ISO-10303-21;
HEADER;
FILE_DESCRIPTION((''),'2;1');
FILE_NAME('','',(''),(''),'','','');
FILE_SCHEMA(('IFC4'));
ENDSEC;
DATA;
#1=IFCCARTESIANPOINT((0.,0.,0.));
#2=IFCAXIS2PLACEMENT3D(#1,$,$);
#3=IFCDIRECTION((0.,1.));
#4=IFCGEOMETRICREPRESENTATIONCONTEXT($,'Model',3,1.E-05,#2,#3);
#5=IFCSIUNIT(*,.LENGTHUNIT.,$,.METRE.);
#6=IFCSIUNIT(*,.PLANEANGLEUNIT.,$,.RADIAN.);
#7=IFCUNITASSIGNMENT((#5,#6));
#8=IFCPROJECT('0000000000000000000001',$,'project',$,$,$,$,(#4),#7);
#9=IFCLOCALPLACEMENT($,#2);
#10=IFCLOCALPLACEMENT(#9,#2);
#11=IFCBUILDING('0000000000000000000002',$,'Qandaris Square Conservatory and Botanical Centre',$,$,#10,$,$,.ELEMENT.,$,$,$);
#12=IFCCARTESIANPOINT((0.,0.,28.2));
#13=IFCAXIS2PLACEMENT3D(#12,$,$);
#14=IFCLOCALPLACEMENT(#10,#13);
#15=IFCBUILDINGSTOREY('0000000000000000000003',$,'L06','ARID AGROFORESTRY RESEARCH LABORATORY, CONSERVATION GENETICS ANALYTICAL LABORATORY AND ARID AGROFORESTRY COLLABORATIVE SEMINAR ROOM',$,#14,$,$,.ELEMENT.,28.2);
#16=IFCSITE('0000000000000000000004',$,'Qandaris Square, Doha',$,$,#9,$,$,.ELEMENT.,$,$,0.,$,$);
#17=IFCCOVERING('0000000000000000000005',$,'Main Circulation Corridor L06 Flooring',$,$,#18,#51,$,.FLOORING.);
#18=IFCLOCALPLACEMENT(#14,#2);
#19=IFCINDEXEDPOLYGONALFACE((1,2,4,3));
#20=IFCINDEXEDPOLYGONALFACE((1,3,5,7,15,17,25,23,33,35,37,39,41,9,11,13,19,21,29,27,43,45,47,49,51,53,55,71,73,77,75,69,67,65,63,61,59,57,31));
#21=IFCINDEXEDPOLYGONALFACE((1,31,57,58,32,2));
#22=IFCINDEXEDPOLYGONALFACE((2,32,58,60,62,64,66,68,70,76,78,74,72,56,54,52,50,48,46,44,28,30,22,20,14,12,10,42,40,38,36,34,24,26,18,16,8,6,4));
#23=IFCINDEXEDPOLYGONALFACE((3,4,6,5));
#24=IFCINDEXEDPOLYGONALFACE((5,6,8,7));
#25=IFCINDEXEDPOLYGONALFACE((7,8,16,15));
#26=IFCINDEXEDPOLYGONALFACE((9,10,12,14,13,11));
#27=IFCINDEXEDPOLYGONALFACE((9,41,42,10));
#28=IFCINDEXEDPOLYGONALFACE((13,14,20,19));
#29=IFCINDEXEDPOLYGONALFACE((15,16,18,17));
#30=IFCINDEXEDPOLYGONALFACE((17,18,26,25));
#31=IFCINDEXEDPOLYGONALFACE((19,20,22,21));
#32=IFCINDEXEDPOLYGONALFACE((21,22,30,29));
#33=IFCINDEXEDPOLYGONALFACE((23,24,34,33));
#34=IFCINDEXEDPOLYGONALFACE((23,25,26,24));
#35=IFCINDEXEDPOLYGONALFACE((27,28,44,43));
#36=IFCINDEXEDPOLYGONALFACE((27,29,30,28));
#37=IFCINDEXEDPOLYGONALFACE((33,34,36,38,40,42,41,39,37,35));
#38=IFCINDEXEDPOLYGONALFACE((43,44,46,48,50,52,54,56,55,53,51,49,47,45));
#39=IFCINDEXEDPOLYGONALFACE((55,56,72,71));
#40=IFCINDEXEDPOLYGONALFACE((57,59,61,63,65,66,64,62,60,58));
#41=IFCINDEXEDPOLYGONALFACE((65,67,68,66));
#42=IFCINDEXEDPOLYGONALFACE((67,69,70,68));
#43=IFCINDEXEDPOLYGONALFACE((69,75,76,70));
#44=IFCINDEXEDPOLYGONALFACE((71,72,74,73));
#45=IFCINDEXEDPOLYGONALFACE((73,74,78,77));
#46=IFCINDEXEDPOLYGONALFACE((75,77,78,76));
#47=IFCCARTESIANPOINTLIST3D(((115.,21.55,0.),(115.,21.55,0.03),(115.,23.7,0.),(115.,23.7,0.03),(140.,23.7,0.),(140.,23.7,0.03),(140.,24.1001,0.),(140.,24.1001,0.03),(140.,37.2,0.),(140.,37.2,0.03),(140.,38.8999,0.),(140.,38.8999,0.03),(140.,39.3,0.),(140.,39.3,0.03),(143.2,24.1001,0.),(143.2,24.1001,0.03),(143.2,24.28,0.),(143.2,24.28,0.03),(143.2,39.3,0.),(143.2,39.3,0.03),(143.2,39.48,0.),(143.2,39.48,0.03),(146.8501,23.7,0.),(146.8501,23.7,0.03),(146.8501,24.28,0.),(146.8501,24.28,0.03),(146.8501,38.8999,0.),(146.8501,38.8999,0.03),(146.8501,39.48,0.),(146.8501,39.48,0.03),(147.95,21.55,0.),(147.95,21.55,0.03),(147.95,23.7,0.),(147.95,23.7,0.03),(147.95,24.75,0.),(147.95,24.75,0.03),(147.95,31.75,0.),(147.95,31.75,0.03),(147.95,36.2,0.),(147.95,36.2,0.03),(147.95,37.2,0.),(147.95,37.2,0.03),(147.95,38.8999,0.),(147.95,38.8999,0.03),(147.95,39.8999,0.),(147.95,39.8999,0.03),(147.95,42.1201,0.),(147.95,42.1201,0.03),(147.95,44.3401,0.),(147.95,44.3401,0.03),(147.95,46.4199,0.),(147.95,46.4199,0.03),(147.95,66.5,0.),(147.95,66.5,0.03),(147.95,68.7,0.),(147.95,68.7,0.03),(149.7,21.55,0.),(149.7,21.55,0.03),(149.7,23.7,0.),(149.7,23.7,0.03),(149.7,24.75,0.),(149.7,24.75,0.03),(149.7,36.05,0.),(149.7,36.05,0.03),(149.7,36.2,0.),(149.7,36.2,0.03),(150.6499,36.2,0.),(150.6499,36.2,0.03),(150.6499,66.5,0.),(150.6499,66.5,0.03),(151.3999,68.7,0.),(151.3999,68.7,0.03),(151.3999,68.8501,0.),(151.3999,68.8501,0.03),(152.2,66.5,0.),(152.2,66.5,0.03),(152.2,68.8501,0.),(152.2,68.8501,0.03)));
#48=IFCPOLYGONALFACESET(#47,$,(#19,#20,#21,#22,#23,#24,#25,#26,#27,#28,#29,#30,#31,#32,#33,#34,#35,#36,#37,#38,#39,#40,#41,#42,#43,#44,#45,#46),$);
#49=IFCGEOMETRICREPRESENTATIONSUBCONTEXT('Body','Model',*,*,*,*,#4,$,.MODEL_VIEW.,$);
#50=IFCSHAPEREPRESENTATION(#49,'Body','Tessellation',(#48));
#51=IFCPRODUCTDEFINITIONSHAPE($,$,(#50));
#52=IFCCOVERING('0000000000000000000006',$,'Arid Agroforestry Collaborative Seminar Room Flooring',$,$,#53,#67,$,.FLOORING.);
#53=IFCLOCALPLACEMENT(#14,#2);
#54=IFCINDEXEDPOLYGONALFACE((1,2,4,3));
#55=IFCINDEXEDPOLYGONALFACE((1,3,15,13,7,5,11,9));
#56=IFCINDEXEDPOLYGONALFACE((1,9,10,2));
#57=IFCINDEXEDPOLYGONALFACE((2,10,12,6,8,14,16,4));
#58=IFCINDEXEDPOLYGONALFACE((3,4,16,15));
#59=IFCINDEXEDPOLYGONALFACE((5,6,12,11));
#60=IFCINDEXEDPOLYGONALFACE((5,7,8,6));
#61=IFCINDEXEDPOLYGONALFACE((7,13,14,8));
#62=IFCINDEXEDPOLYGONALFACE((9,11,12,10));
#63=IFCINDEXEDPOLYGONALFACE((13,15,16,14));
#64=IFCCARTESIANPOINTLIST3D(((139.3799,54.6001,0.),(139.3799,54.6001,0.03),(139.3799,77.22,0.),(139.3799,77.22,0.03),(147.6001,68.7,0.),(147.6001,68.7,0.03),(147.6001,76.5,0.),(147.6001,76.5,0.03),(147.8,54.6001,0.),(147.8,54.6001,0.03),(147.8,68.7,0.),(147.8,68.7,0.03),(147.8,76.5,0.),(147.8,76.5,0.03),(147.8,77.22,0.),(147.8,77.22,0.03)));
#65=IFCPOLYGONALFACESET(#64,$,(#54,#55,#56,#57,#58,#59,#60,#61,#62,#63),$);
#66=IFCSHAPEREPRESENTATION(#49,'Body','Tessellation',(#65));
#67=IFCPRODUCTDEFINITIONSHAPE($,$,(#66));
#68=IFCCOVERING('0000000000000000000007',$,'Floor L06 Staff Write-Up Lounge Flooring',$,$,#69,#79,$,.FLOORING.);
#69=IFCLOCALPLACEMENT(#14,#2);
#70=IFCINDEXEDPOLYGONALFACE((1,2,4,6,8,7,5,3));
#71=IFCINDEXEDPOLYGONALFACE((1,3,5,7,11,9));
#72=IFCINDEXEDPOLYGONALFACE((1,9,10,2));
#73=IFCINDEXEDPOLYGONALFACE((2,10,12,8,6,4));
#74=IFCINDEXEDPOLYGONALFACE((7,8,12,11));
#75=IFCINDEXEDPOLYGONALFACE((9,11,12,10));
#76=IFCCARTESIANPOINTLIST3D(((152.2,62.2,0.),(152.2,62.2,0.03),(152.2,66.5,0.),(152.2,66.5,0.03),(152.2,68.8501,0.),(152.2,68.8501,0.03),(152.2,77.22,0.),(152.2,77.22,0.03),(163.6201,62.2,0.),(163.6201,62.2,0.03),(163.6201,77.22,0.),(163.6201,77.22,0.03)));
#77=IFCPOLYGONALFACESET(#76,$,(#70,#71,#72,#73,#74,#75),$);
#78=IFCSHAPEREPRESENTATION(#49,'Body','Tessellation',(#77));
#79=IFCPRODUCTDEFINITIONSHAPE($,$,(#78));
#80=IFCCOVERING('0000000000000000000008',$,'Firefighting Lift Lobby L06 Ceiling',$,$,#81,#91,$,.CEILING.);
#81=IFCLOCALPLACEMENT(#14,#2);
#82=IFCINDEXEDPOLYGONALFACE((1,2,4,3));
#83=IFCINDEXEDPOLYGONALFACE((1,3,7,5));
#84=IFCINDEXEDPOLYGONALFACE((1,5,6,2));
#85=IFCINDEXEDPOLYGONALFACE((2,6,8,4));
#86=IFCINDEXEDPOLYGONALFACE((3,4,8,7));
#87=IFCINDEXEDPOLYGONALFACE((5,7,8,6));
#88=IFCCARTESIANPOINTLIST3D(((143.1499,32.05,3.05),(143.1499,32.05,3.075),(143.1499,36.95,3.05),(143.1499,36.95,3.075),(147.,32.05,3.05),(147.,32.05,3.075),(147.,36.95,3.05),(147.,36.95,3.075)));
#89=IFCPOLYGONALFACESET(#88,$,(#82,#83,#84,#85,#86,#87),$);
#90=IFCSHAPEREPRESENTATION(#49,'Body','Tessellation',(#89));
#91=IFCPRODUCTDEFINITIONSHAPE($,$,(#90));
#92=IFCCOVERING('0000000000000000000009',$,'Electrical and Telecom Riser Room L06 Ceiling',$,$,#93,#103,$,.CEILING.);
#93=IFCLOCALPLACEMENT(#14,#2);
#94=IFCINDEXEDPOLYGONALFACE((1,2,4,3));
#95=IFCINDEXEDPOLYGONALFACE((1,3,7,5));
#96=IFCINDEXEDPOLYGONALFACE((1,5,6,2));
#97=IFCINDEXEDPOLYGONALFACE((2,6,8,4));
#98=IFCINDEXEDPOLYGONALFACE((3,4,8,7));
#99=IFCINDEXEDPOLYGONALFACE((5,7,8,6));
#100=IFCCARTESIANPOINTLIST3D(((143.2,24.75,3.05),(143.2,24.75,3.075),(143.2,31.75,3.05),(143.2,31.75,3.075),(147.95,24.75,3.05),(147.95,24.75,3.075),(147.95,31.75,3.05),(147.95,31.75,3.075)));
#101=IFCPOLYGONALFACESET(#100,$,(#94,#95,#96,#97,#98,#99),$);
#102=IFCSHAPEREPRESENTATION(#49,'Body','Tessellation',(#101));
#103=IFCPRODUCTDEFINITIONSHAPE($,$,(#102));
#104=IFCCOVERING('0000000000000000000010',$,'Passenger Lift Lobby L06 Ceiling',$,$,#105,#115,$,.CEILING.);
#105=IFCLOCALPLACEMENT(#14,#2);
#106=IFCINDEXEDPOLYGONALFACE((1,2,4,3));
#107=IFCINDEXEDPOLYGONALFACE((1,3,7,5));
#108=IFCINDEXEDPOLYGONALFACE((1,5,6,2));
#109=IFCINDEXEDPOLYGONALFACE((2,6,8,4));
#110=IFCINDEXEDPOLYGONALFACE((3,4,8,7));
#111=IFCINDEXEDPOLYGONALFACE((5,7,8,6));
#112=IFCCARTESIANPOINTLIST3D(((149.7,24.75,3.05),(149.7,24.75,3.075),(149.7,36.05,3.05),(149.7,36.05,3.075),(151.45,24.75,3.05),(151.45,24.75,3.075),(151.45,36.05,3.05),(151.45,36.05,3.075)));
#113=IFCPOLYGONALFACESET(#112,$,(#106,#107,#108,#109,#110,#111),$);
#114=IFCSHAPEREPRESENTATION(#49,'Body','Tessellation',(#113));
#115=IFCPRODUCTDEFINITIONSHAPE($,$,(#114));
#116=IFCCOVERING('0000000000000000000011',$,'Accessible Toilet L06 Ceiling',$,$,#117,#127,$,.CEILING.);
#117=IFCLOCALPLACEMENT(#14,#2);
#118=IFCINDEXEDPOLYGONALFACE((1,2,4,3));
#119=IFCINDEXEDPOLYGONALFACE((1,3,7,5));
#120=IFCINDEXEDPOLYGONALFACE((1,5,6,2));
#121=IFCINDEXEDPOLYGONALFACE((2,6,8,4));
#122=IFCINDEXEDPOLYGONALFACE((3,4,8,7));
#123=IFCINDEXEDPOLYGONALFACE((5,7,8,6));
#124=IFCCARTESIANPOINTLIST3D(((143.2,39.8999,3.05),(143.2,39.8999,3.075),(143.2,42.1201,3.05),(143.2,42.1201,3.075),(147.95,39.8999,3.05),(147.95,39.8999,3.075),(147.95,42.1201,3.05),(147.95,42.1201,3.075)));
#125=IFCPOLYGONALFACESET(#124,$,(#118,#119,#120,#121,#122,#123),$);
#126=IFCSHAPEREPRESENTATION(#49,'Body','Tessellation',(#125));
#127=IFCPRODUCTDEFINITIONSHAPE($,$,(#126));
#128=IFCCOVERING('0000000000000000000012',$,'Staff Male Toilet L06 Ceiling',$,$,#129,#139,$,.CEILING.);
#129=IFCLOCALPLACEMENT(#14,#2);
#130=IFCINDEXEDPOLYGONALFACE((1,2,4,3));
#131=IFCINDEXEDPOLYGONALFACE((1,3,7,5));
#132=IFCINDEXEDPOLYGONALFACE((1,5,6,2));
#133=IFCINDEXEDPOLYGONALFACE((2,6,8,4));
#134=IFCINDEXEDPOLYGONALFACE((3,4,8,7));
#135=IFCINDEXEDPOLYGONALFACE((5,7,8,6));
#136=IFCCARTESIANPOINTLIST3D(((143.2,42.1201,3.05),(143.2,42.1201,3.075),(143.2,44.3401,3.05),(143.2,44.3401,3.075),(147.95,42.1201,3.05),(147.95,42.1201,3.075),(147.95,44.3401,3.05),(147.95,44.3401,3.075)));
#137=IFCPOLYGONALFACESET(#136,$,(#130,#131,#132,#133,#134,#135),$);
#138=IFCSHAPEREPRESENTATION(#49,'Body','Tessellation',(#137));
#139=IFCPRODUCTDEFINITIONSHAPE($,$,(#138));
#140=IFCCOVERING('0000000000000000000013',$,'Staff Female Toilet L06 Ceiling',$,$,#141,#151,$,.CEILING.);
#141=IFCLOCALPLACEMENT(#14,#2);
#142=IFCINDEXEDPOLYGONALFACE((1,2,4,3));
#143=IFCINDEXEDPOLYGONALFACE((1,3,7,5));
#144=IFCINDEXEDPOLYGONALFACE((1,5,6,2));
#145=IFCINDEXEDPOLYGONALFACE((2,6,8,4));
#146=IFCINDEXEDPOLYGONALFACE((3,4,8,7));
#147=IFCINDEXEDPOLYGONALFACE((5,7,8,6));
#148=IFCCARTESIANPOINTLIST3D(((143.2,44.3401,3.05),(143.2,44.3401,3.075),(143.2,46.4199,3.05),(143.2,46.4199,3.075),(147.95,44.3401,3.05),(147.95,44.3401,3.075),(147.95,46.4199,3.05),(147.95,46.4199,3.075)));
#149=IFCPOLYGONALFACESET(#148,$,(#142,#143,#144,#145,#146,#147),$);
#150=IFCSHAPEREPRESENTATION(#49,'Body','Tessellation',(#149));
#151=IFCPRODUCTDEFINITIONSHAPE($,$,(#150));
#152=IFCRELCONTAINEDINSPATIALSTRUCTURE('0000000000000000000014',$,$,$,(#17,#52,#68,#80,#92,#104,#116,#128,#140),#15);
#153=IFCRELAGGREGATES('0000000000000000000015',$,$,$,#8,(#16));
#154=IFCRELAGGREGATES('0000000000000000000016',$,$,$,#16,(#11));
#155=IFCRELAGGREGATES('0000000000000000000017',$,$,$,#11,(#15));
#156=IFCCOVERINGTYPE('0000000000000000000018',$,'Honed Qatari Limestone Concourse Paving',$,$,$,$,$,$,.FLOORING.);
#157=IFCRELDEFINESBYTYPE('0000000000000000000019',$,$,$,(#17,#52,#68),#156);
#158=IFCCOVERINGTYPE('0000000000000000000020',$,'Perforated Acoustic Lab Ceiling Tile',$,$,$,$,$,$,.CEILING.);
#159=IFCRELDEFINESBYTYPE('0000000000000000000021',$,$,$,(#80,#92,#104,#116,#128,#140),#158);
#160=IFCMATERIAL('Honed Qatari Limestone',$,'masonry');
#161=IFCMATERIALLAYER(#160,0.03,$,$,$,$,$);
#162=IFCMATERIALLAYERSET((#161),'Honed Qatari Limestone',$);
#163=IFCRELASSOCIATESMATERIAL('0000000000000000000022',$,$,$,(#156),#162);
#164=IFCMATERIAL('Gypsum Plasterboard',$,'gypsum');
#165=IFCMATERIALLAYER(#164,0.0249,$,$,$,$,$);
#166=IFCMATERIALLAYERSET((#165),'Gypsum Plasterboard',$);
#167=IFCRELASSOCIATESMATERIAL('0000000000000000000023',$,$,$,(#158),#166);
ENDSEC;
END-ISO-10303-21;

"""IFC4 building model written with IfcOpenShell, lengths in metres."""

from ifc_helpers import new_model, si_unit, direction, frame, origin, place, context, subcontext, project, spatial, polyline, outline, extrude, material, layer, layer_set, type_object, element, save


model = new_model("IFC4")

# Units and contexts
model_context = context("Model", 3, precision=1e-05, world=origin(), true_north=direction((0.0, 1.0)))
body_context = subcontext(model_context, "Body", "Model", "MODEL_VIEW")
ifc_project = project(units=[si_unit("LENGTHUNIT", "METRE"), si_unit("PLANEANGLEUNIT", "RADIAN")], contexts=[model_context])

# Site, building, storey
site_placement = place(None, origin())
site = spatial("IfcSite", under=ifc_project, at=site_placement, Name="Qandaris Square, Doha", CompositionType="ELEMENT", RefElevation=0.0)
building_placement = place(site_placement, origin())
building = spatial("IfcBuilding", under=site, at=building_placement, Name="Qandaris Square Conservatory and Botanical Centre", CompositionType="ELEMENT")
storey_placement = place(building_placement, frame((0.0, 0.0, 28.2)))
storey = spatial("IfcBuildingStorey", under=building, at=storey_placement, Name="L06", Description="ARID AGROFORESTRY RESEARCH LABORATORY, CONSERVATION GENETICS ANALYTICAL LABORATORY AND ARID AGROFORESTRY COLLABORATIVE SEMINAR ROOM", CompositionType="ELEMENT", Elevation=28.2)

# Coverings
ifc_material_1 = material(Name="Honed Qatari Limestone", Category="masonry")
ifc_layer_1 = layer(ifc_material_1, 0.03)
ifc_layer_set_1 = layer_set([ifc_layer_1], Name="Honed Qatari Limestone")
covering_type_1 = type_object("IfcCoveringType", Name="Honed Qatari Limestone Concourse Paving", PredefinedType="FLOORING", material=ifc_layer_set_1)
covering_1_placement = place(storey_placement, origin())
element("IfcCovering", 1, at=covering_1_placement, inside=storey, type_object=covering_type_1, Name="Main Circulation Corridor L06 Flooring", PredefinedType="FLOORING", context=body_context, shape_type="SweptSolid", body=[
    extrude(outline(polyline([(140.0, 24.1001), (143.2, 24.1001), (143.2, 24.28), (146.8501, 24.28), (146.8501, 23.7), (147.95, 23.7), (147.95, 24.75), (147.95, 31.75), (147.95, 36.2), (147.95, 37.2), (140.0, 37.2), (140.0, 38.8999), (140.0, 39.3), (143.2, 39.3), (143.2, 39.48), (146.8501, 39.48), (146.8501, 38.8999), (147.95, 38.8999), (147.95, 39.8999), (147.95, 42.1201), (147.95, 44.3401), (147.95, 46.4199), (147.95, 66.5), (147.95, 68.7), (151.3999, 68.7), (151.3999, 68.8501), (152.2, 68.8501), (152.2, 66.5), (150.6499, 66.5), (150.6499, 36.2), (149.7, 36.2), (149.7, 36.05), (149.7, 24.75), (149.7, 23.7), (149.7, 21.55), (147.95, 21.55), (115.0, 21.55), (115.0, 23.7), (140.0, 23.7), (140.0, 24.1001)])), origin(), (0.0, 0.0, 1.0), 0.03),
])
covering_2_placement = place(storey_placement, origin())
element("IfcCovering", 2, at=covering_2_placement, inside=storey, type_object=covering_type_1, Name="Arid Agroforestry Collaborative Seminar Room Flooring", PredefinedType="FLOORING", context=body_context, shape_type="SweptSolid", body=[
    extrude(outline(polyline([(147.8, 76.5), (147.6001, 76.5), (147.6001, 68.7), (147.8, 68.7), (147.8, 54.6001), (139.3799, 54.6001), (139.3799, 77.22), (147.8, 77.22), (147.8, 76.5)])), origin(), (0.0, 0.0, 1.0), 0.03),
])
covering_3_placement = place(storey_placement, origin())
element("IfcCovering", 3, at=covering_3_placement, inside=storey, type_object=covering_type_1, Name="Floor L06 Staff Write-Up Lounge Flooring", PredefinedType="FLOORING", context=body_context, shape_type="SweptSolid", body=[
    extrude(outline(polyline([(152.2, 62.2), (152.2, 66.5), (152.2, 68.8501), (152.2, 77.22), (163.6201, 77.22), (163.6201, 62.2), (152.2, 62.2)])), origin(), (0.0, 0.0, 1.0), 0.03),
])
ifc_material_2 = material(Name="Gypsum Plasterboard", Category="gypsum")
ifc_layer_2 = layer(ifc_material_2, 0.0249)
ifc_layer_set_2 = layer_set([ifc_layer_2], Name="Gypsum Plasterboard")
covering_type_2 = type_object("IfcCoveringType", Name="Perforated Acoustic Lab Ceiling Tile", PredefinedType="CEILING", material=ifc_layer_set_2)
covering_4_placement = place(storey_placement, frame((0.0, 0.0, 3.05)))
element("IfcCovering", 4, at=covering_4_placement, inside=storey, type_object=covering_type_2, Name="Firefighting Lift Lobby L06 Ceiling", PredefinedType="CEILING", context=body_context, shape_type="SweptSolid", body=[
    extrude(outline(polyline([(143.1499, 36.95), (147.0, 36.95), (147.0, 32.05), (143.1499, 32.05), (143.1499, 36.95)])), origin(), (0.0, 0.0, 1.0), 0.0249),
])
covering_5_placement = place(storey_placement, frame((0.0, 0.0, 3.05)))
element("IfcCovering", 5, at=covering_5_placement, inside=storey, type_object=covering_type_2, Name="Electrical and Telecom Riser Room L06 Ceiling", PredefinedType="CEILING", context=body_context, shape_type="SweptSolid", body=[
    extrude(outline(polyline([(147.95, 31.75), (147.95, 24.75), (143.2, 24.75), (143.2, 31.75), (147.95, 31.75)])), origin(), (0.0, 0.0, 1.0), 0.0249),
])
covering_6_placement = place(storey_placement, frame((0.0, 0.0, 3.05)))
element("IfcCovering", 6, at=covering_6_placement, inside=storey, type_object=covering_type_2, Name="Passenger Lift Lobby L06 Ceiling", PredefinedType="CEILING", context=body_context, shape_type="SweptSolid", body=[
    extrude(outline(polyline([(149.7, 36.05), (151.45, 36.05), (151.45, 24.75), (149.7, 24.75), (149.7, 36.05)])), origin(), (0.0, 0.0, 1.0), 0.0249),
])
covering_7_placement = place(storey_placement, frame((0.0, 0.0, 3.05)))
element("IfcCovering", 7, at=covering_7_placement, inside=storey, type_object=covering_type_2, Name="Accessible Toilet L06 Ceiling", PredefinedType="CEILING", context=body_context, shape_type="SweptSolid", body=[
    extrude(outline(polyline([(147.95, 42.1201), (147.95, 39.8999), (143.2, 39.8999), (143.2, 42.1201), (147.95, 42.1201)])), origin(), (0.0, 0.0, 1.0), 0.0249),
])
covering_8_placement = place(storey_placement, frame((0.0, 0.0, 3.05)))
element("IfcCovering", 8, at=covering_8_placement, inside=storey, type_object=covering_type_2, Name="Staff Male Toilet L06 Ceiling", PredefinedType="CEILING", context=body_context, shape_type="SweptSolid", body=[
    extrude(outline(polyline([(147.95, 44.3401), (147.95, 42.1201), (143.2, 42.1201), (143.2, 44.3401), (147.95, 44.3401)])), origin(), (0.0, 0.0, 1.0), 0.0249),
])
covering_9_placement = place(storey_placement, frame((0.0, 0.0, 3.05)))
element("IfcCovering", 9, at=covering_9_placement, inside=storey, type_object=covering_type_2, Name="Staff Female Toilet L06 Ceiling", PredefinedType="CEILING", context=body_context, shape_type="SweptSolid", body=[
    extrude(outline(polyline([(147.95, 46.4199), (147.95, 44.3401), (143.2, 44.3401), (143.2, 46.4199), (147.95, 46.4199)])), origin(), (0.0, 0.0, 1.0), 0.0249),
])

save(model, "model.ifc")
